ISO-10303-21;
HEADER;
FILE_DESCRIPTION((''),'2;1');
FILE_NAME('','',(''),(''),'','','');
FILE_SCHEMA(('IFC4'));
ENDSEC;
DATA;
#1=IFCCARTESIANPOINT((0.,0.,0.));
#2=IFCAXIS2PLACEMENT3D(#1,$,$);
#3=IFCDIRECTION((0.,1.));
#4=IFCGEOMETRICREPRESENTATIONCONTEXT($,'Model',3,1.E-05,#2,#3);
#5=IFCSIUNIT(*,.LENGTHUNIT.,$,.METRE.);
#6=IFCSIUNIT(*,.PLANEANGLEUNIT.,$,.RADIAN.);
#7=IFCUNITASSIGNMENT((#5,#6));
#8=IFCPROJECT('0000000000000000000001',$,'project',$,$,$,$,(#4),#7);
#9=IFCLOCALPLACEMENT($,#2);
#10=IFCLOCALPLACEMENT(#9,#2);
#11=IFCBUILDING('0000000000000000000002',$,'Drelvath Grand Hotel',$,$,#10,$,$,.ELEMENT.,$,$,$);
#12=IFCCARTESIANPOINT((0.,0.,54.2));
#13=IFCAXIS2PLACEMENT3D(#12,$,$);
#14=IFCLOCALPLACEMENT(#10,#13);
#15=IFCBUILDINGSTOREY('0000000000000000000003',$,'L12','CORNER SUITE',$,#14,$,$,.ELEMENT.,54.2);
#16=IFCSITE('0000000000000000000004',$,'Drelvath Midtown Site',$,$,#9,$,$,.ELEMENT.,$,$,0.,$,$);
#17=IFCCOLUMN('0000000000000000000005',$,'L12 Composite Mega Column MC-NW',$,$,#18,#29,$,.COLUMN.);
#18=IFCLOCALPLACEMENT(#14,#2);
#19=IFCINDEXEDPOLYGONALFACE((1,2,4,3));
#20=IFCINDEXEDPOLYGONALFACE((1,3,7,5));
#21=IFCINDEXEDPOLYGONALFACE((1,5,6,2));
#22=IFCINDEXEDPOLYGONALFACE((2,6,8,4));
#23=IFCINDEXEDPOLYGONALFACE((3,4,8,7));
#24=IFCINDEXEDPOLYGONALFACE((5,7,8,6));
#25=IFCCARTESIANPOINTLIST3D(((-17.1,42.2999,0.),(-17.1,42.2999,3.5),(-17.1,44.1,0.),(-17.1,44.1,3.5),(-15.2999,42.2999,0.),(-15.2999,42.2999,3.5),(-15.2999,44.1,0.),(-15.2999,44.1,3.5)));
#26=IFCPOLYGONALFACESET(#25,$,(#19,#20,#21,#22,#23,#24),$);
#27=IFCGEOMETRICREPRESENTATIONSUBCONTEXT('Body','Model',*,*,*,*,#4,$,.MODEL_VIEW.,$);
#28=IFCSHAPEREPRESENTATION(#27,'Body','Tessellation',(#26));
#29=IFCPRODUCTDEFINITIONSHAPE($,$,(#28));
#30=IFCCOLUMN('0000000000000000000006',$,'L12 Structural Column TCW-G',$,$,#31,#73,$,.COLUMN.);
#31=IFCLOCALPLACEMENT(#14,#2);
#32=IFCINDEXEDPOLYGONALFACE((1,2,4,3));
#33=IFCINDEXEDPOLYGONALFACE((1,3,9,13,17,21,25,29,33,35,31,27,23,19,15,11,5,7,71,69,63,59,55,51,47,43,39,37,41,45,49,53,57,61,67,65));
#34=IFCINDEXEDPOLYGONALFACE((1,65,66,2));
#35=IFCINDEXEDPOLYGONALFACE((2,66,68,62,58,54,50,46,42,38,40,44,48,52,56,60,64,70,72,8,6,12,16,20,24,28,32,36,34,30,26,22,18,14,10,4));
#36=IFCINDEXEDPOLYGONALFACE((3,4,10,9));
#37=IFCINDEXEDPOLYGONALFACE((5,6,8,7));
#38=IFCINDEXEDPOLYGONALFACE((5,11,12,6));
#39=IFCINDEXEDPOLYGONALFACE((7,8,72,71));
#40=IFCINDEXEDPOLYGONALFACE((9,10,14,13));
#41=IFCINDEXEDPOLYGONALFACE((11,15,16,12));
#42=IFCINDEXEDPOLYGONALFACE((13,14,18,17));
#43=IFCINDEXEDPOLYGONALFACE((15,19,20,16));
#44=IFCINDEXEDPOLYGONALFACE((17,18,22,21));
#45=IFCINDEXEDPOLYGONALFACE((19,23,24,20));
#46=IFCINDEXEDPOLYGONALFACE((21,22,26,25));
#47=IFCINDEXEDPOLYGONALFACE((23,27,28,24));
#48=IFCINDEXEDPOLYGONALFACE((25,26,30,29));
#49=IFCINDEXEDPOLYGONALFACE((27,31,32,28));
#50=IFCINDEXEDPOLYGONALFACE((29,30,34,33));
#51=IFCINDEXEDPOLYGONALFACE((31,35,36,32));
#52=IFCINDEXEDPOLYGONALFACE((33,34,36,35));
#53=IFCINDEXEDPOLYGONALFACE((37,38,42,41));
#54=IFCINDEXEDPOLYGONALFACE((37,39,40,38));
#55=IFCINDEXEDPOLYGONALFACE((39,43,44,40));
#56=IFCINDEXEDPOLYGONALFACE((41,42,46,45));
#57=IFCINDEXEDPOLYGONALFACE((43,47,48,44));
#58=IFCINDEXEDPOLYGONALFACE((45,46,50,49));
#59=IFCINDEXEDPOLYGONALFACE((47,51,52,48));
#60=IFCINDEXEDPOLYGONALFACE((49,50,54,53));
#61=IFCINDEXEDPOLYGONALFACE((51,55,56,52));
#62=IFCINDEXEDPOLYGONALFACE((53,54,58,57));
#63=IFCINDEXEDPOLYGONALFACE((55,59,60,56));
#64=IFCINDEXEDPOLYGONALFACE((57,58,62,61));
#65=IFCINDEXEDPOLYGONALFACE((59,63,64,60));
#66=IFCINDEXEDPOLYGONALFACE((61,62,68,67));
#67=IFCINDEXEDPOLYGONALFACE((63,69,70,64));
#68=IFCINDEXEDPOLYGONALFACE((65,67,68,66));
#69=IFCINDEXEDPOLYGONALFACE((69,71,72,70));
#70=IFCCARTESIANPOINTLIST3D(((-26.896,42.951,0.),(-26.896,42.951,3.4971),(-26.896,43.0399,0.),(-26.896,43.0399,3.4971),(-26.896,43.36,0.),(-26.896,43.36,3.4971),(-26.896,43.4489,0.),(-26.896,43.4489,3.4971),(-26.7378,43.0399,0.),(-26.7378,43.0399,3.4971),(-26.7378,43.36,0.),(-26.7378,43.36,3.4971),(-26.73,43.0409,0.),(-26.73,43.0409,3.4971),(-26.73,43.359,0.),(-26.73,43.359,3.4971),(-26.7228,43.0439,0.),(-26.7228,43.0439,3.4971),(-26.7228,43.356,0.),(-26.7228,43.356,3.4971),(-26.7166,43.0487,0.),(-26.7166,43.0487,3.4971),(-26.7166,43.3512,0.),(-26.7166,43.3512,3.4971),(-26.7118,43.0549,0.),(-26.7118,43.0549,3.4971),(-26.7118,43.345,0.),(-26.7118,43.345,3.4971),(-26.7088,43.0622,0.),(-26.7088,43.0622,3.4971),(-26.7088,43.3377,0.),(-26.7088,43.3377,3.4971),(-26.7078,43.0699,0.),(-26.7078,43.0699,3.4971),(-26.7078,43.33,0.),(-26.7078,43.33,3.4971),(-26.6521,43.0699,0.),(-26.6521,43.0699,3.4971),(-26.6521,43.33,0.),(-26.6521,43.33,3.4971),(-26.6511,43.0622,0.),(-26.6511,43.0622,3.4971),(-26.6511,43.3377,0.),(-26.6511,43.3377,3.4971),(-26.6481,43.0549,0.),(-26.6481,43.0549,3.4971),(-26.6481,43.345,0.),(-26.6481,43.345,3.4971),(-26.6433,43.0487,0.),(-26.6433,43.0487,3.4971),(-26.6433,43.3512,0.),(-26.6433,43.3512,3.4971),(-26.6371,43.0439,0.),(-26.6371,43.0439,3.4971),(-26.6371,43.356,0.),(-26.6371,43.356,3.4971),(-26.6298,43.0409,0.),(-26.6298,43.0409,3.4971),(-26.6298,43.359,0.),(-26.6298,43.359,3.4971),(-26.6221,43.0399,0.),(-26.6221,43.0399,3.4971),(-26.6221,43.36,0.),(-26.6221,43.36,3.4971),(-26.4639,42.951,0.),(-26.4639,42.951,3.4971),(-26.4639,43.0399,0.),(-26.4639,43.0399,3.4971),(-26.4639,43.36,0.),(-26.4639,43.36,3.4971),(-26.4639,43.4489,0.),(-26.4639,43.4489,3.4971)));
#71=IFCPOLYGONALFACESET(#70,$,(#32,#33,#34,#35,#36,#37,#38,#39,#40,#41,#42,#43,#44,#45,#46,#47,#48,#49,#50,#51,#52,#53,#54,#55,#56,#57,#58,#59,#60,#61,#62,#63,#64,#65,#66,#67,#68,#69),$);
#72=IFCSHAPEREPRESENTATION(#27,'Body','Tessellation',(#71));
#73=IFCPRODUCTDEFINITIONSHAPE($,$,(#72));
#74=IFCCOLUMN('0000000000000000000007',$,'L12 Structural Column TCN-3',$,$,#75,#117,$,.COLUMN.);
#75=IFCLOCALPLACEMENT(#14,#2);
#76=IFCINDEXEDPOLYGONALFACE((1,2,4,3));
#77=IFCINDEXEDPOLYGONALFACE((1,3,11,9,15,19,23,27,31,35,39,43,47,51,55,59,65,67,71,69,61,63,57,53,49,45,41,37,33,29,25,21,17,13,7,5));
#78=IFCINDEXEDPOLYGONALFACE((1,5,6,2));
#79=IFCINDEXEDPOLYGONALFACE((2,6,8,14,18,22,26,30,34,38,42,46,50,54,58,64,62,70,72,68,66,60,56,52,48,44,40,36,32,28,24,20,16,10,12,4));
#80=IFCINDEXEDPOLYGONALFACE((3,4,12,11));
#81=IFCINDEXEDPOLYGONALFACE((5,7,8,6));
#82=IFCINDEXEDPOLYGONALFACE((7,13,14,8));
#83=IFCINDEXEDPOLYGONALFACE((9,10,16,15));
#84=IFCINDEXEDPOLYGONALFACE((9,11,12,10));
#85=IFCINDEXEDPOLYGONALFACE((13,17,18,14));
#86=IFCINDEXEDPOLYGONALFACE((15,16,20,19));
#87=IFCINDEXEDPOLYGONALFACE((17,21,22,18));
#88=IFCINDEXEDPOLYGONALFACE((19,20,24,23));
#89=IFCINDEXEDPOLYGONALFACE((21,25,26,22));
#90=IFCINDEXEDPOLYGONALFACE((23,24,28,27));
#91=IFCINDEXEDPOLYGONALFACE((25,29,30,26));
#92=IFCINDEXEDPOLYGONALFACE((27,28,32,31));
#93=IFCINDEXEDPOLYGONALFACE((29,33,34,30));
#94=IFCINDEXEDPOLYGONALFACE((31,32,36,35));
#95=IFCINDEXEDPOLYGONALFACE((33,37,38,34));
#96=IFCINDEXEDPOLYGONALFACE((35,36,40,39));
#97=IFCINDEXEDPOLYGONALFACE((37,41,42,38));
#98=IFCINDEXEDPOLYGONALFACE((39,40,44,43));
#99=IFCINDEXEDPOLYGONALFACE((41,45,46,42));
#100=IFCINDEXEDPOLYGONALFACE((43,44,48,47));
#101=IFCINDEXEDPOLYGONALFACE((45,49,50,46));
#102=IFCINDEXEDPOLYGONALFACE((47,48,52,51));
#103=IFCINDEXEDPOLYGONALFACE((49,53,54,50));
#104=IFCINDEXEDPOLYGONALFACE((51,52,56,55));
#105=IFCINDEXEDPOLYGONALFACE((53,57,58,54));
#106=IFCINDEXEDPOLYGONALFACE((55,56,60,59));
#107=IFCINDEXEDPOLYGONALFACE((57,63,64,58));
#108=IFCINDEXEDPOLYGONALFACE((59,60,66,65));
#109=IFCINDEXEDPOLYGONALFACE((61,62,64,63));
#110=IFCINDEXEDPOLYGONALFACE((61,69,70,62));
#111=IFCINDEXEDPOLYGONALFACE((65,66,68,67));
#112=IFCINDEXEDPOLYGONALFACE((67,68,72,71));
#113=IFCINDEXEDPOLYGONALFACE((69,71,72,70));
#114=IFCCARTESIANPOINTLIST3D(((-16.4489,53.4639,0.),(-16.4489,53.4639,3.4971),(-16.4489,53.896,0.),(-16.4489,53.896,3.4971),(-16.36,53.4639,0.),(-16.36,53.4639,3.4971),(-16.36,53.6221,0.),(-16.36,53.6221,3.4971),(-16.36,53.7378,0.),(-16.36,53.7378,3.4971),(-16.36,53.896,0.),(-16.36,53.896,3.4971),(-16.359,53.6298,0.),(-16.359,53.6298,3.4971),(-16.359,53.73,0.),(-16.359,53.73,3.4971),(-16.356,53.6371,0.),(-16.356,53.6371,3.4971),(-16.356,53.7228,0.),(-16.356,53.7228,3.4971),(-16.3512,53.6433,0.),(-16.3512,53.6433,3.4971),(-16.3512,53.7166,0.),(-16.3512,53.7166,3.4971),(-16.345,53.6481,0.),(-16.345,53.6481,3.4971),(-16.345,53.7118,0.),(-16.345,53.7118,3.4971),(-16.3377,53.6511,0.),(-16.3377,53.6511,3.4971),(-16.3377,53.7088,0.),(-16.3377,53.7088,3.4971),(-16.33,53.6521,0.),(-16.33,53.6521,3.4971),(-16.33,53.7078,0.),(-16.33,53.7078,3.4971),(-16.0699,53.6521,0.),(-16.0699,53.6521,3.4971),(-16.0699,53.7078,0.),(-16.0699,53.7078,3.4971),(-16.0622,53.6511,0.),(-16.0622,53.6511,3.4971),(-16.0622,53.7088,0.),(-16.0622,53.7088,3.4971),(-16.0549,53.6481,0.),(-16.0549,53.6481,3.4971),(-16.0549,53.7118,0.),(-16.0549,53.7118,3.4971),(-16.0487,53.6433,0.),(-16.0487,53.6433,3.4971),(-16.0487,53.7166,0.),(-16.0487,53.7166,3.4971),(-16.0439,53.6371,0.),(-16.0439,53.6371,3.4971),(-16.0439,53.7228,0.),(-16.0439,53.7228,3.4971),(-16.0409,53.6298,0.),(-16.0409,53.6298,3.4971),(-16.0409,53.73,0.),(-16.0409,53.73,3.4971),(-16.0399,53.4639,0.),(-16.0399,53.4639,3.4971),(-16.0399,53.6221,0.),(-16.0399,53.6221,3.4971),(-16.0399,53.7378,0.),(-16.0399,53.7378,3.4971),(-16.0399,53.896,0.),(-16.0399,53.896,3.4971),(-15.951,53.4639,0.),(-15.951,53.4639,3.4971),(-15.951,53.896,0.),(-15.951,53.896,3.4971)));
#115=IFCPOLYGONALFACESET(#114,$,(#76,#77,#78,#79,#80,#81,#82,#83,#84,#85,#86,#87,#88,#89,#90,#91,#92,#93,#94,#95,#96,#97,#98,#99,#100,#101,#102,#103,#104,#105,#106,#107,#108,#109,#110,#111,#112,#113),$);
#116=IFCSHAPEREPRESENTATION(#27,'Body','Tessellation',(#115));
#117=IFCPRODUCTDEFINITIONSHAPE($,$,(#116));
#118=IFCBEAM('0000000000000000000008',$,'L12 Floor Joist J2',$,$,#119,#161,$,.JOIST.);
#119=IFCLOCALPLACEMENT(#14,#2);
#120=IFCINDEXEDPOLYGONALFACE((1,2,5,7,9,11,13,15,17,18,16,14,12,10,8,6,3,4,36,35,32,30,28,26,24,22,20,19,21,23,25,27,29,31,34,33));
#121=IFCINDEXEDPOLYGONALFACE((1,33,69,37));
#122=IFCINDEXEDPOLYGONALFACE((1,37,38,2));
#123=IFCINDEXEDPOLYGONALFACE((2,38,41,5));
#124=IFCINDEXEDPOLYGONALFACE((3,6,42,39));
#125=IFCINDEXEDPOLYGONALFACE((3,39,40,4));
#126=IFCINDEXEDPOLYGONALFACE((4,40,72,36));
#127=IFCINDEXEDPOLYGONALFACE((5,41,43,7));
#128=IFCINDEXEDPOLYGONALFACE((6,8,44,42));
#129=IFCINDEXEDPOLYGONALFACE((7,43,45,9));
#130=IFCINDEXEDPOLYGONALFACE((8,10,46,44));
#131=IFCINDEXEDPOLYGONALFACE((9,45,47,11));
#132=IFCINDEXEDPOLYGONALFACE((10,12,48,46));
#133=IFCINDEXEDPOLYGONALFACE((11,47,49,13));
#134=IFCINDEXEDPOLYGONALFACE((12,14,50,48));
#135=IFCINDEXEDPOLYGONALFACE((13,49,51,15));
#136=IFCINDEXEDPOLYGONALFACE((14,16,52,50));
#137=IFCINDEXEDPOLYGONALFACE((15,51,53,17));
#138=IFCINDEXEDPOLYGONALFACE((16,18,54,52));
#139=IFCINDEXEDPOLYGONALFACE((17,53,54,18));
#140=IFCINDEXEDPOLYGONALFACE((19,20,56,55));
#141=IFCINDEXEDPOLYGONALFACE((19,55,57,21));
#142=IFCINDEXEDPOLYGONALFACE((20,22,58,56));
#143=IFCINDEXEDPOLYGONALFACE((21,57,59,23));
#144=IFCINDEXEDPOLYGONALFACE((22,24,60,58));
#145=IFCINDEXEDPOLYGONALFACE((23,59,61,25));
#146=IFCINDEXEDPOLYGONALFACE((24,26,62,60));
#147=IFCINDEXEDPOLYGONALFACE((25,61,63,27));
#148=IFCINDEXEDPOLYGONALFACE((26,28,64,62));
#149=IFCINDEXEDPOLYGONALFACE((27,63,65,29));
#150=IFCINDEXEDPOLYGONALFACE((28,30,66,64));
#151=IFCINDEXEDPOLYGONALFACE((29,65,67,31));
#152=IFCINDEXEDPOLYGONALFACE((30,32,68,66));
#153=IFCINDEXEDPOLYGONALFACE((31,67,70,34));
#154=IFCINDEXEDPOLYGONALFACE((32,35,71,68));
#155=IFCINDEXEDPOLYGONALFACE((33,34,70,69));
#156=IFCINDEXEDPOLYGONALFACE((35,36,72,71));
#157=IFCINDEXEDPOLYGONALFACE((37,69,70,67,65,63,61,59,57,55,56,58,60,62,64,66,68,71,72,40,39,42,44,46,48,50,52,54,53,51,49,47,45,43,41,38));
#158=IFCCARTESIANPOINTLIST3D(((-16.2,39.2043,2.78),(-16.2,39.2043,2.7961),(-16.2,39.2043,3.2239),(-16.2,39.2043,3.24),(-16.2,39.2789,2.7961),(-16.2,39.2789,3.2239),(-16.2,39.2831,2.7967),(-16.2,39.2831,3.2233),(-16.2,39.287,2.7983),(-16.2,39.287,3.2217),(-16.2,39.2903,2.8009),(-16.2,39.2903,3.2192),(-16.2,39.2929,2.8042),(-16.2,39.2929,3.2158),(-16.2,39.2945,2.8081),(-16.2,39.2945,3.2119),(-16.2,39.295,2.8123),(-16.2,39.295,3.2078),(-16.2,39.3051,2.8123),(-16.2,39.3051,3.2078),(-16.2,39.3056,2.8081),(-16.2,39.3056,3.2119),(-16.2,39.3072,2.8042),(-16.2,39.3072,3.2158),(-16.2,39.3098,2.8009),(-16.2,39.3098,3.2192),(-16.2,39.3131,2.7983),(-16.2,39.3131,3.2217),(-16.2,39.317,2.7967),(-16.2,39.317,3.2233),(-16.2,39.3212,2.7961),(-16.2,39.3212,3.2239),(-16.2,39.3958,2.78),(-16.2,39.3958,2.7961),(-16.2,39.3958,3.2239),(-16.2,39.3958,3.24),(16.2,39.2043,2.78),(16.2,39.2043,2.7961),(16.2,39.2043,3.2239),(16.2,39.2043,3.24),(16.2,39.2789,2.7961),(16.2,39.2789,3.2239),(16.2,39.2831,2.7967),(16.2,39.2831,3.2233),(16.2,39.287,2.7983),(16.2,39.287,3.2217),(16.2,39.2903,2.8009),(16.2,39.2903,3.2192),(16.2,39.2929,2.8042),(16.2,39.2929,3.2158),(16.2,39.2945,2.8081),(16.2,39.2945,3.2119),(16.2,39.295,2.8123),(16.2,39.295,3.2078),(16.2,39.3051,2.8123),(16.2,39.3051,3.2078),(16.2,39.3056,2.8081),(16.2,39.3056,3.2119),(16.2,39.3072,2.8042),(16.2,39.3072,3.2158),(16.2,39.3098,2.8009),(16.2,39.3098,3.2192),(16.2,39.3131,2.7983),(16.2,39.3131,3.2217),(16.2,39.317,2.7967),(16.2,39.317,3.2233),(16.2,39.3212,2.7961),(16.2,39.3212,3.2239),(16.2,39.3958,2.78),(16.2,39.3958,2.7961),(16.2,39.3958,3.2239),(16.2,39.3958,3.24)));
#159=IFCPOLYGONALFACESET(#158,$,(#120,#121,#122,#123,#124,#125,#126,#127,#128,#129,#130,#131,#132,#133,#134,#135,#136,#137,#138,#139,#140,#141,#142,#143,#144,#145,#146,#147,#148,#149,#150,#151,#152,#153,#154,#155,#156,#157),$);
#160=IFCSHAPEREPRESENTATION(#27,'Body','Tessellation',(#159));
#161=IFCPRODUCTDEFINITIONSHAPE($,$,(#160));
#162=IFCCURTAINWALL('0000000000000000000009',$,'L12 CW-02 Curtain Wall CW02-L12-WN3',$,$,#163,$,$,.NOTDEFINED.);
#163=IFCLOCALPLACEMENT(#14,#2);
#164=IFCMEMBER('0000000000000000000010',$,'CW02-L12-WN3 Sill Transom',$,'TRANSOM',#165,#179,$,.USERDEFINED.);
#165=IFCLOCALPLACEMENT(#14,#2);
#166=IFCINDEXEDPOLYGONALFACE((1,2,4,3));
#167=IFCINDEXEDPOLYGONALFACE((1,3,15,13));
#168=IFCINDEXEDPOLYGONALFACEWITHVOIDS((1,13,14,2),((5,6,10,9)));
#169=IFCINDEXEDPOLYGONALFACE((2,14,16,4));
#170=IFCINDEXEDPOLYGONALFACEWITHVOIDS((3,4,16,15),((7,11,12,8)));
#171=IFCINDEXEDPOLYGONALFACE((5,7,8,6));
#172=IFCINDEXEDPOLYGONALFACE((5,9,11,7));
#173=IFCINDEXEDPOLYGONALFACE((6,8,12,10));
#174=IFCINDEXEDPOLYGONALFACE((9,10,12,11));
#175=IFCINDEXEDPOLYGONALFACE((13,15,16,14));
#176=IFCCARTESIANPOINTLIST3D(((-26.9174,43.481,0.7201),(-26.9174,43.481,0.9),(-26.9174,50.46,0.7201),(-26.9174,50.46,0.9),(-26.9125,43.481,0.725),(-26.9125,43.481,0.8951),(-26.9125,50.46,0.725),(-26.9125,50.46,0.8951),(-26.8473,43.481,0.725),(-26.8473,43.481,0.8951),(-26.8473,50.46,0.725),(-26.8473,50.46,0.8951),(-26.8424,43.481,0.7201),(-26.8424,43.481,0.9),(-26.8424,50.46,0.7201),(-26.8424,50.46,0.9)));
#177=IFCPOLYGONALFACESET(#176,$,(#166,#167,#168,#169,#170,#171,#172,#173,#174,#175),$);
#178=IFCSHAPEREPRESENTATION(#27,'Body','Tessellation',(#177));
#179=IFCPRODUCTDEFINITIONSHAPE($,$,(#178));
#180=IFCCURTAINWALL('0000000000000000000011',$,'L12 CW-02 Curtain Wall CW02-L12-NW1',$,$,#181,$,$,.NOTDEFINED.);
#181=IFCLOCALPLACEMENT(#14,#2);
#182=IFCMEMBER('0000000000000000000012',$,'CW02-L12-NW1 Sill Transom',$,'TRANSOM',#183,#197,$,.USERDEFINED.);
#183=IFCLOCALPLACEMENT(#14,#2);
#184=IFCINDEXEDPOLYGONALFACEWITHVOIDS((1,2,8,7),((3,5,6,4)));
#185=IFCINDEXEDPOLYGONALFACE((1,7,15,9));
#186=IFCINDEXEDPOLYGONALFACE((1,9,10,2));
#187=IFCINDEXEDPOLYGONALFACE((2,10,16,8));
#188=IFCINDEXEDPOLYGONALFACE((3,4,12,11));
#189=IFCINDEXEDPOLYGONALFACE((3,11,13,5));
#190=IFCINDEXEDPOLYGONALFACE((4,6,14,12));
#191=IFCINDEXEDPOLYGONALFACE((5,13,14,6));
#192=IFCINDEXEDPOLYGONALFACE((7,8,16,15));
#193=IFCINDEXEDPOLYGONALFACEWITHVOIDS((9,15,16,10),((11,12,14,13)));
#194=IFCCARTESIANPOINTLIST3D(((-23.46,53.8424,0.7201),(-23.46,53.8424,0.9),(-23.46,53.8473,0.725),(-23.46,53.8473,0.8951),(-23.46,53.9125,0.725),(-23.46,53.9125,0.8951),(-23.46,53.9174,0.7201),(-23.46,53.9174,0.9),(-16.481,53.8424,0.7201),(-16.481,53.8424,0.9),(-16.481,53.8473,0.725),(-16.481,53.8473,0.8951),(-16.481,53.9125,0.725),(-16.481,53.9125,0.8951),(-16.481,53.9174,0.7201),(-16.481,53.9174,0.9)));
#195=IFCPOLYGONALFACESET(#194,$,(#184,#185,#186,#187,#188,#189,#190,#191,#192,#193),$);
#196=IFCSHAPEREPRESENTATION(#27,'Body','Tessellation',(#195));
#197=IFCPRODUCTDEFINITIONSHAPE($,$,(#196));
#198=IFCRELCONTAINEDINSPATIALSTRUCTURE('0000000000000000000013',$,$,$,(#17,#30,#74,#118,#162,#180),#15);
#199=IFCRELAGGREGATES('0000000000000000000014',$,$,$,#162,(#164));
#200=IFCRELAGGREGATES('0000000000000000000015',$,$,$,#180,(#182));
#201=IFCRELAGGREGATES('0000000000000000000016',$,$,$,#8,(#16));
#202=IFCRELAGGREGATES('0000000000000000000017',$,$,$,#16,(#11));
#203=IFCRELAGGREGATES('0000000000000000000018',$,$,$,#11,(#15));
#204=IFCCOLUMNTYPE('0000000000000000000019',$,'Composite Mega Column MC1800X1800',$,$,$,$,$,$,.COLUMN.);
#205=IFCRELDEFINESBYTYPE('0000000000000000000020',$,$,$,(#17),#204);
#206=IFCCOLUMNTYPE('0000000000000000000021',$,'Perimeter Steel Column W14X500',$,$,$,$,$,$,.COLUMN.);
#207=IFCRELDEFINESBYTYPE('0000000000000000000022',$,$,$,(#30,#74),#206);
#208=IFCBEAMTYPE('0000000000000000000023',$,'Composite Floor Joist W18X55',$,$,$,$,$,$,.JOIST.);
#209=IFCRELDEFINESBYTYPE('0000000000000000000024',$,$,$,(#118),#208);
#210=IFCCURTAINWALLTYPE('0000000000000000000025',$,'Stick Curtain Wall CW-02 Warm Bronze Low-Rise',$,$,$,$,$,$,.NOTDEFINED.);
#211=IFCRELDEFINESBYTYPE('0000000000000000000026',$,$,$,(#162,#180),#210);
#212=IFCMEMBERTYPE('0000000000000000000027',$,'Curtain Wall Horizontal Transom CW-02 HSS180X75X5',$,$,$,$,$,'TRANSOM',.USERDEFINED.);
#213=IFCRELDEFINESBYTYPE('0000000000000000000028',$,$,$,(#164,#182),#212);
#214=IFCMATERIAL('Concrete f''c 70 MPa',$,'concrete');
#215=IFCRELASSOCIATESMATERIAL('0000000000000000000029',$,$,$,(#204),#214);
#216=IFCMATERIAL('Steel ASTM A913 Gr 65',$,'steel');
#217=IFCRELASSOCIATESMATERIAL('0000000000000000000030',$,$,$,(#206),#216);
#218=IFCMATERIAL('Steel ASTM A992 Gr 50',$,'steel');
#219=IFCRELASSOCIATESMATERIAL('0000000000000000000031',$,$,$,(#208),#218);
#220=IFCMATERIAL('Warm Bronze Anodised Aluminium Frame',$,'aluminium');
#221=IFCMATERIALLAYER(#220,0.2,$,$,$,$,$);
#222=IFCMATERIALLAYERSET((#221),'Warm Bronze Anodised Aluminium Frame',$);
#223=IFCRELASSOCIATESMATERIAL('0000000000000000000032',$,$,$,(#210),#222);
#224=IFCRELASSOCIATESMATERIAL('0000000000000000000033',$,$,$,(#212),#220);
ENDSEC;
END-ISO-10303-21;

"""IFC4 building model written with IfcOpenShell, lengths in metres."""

from ifc_helpers import new_model, si_unit, direction, frame, origin, origin_2d, place, context, subcontext, project, spatial, rectangle, hollow_rectangle, i_section, extrude, material, layer, layer_set, material_profile, profile_set, type_object, element, aggregate, save


model = new_model("IFC4")

# Units and contexts
model_context = context("Model", 3, precision=1e-05, world=origin(), true_north=direction((0.0, 1.0)))
body_context = subcontext(model_context, "Body", "Model", "MODEL_VIEW")
ifc_project = project(units=[si_unit("LENGTHUNIT", "METRE"), si_unit("PLANEANGLEUNIT", "RADIAN")], contexts=[model_context])

# Site, building, storey
site_placement = place(None, origin())
site = spatial("IfcSite", under=ifc_project, at=site_placement, Name="Drelvath Midtown Site", CompositionType="ELEMENT", RefElevation=0.0)
building_placement = place(site_placement, origin())
building = spatial("IfcBuilding", under=site, at=building_placement, Name="Drelvath Grand Hotel", CompositionType="ELEMENT")
storey_placement = place(building_placement, frame((0.0, 0.0, 54.2)))
storey = spatial("IfcBuildingStorey", under=building, at=storey_placement, Name="L12", Description="CORNER SUITE", CompositionType="ELEMENT", Elevation=54.2)

# Columns
ifc_material_1 = material(Name="Concrete f'c 70 MPa", Category="concrete")
ifc_material_profile_1 = material_profile(ifc_material_1, rectangle(XDim=1.8, YDim=1.8, at=origin_2d()), Name="MC1800X1800")
ifc_profile_set_1 = profile_set([ifc_material_profile_1], Name="Concrete f'c 70 MPa")
column_type_1 = type_object("IfcColumnType", Name="Composite Mega Column MC1800X1800", PredefinedType="COLUMN", material=ifc_profile_set_1)
column_placement = place(storey_placement, frame((-16.2, 43.2, 0.0), z_axis=(0.0, 0.0, 1.0), x_axis=(1.0, 0.0, 0.0)))
element("IfcColumn", 1, at=column_placement, inside=storey, type_object=column_type_1, Name="L12 Composite Mega Column MC-NW", PredefinedType="COLUMN", context=body_context, shape_type="SweptSolid", body=[
    extrude(rectangle(XDim=1.8, YDim=1.8, at=origin_2d()), origin(), (0.0, 0.0, 1.0), 3.5),
])
ifc_material_2 = material(Name="Steel ASTM A913 Gr 65", Category="steel")
ifc_material_profile_2 = material_profile(ifc_material_2, i_section(OverallWidth=0.4321, OverallDepth=0.4978, WebThickness=0.0557, FlangeThickness=0.0889, FilletRadius=0.03, at=origin_2d()), Name="W14X500")
ifc_profile_set_2 = profile_set([ifc_material_profile_2], Name="Steel ASTM A913 Gr 65")
column_type_2 = type_object("IfcColumnType", Name="Perimeter Steel Column W14X500", PredefinedType="COLUMN", material=ifc_profile_set_2)
for number, where, z_axis, x_axis, name in (
    (2, (-26.6799, 43.2, 0.0), (0.0, 0.0, 1.0), (1.0, 0.0, 0.0), "L12 Structural Column TCW-G"),
    (3, (-16.2, 53.6799, 0.0), (0.0, 0.0, 1.0), (0.0, 1.0, 0.0), "L12 Structural Column TCN-3"),
):
    element("IfcColumn", number, at=place(storey_placement, frame(where, z_axis=z_axis, x_axis=x_axis)), inside=storey, type_object=column_type_2, Name=name, PredefinedType="COLUMN", context=body_context, shape_type="SweptSolid", body=[
        extrude(i_section(OverallWidth=0.4321, OverallDepth=0.4978, WebThickness=0.0557, FlangeThickness=0.0889, FilletRadius=0.03, at=origin_2d()), origin(), (0.0, 0.0, 1.0), 3.4971),
    ])

# Beam
ifc_material_3 = material(Name="Steel ASTM A992 Gr 50", Category="steel")
ifc_material_profile_3 = material_profile(ifc_material_3, i_section(OverallWidth=0.1914, OverallDepth=0.46, WebThickness=0.01, FlangeThickness=0.0161, FilletRadius=0.0161, at=origin_2d()), Name="W18X55")
ifc_profile_set_3 = profile_set([ifc_material_profile_3], Name="Steel ASTM A992 Gr 50")
beam_type_1 = type_object("IfcBeamType", Name="Composite Floor Joist W18X55", PredefinedType="JOIST", material=ifc_profile_set_3)
beam_1_placement = place(storey_placement, frame((-16.2, 39.3, 3.01), z_axis=(1.0, 0.0, 0.0), x_axis=(0.0, 1.0, 0.0)))
element("IfcBeam", 4, at=beam_1_placement, inside=storey, type_object=beam_type_1, Name="L12 Floor Joist J2", PredefinedType="JOIST", context=body_context, shape_type="SweptSolid", body=[
    extrude(i_section(OverallWidth=0.1914, OverallDepth=0.46, WebThickness=0.01, FlangeThickness=0.0161, FilletRadius=0.0161, at=origin_2d()), origin(), (0.0, 0.0, 1.0), 32.3999),
])

# Curtain walls, members
ifc_material_4 = material(Name="Warm Bronze Anodised Aluminium Frame", Category="aluminium")
ifc_layer_1 = layer(ifc_material_4, 0.2)
ifc_layer_set_1 = layer_set([ifc_layer_1], Name="Warm Bronze Anodised Aluminium Frame")
curtain_wall_type = type_object("IfcCurtainWallType", Name="Stick Curtain Wall CW-02 Warm Bronze Low-Rise", PredefinedType="NOTDEFINED", material=ifc_layer_set_1)
curtain_wall_1_placement = place(storey_placement, origin())
curtain_wall_1 = element("IfcCurtainWall", 5, at=curtain_wall_1_placement, inside=storey, type_object=curtain_wall_type, Name="L12 CW-02 Curtain Wall CW02-L12-WN3", PredefinedType="NOTDEFINED")
ifc_material_profile_4 = material_profile(ifc_material_4, hollow_rectangle(XDim=0.075, YDim=0.1799, WallThickness=0.0049, at=origin_2d()), Name="HSS180X75X5")
ifc_profile_set_4 = profile_set([ifc_material_profile_4], Name="Warm Bronze Anodised Aluminium Frame")
member_type_1 = type_object("IfcMemberType", Name="Curtain Wall Horizontal Transom CW-02 HSS180X75X5", ElementType="TRANSOM", PredefinedType="USERDEFINED", material=ifc_profile_set_4)
member_1_placement = place(storey_placement, frame((-26.8799, 43.481, 0.8101), z_axis=(0.0, 1.0, 0.0), x_axis=(-1.0, 0.0, 0.0)))
member_1 = element("IfcMember", 6, at=member_1_placement, type_object=member_type_1, Name="CW02-L12-WN3 Sill Transom", ObjectType="TRANSOM", PredefinedType="USERDEFINED", context=body_context, shape_type="SweptSolid", body=[
    extrude(hollow_rectangle(XDim=0.075, YDim=0.1799, WallThickness=0.0049, at=origin_2d()), origin(), (0.0, 0.0, 1.0), 6.979),
])
curtain_wall_2_placement = place(storey_placement, origin())
curtain_wall_2 = element("IfcCurtainWall", 7, at=curtain_wall_2_placement, inside=storey, type_object=curtain_wall_type, Name="L12 CW-02 Curtain Wall CW02-L12-NW1", PredefinedType="NOTDEFINED")
member_2_placement = place(storey_placement, frame((-23.46, 53.8799, 0.8101), z_axis=(1.0, 0.0, 0.0), x_axis=(0.0, 1.0, 0.0)))
member_2 = element("IfcMember", 8, at=member_2_placement, type_object=member_type_1, Name="CW02-L12-NW1 Sill Transom", ObjectType="TRANSOM", PredefinedType="USERDEFINED", context=body_context, shape_type="SweptSolid", body=[
    extrude(hollow_rectangle(XDim=0.075, YDim=0.1799, WallThickness=0.0049, at=origin_2d()), origin(), (0.0, 0.0, 1.0), 6.979),
])

aggregate(curtain_wall_1, [member_1])
aggregate(curtain_wall_2, [member_2])

save(model, "model.ifc")
